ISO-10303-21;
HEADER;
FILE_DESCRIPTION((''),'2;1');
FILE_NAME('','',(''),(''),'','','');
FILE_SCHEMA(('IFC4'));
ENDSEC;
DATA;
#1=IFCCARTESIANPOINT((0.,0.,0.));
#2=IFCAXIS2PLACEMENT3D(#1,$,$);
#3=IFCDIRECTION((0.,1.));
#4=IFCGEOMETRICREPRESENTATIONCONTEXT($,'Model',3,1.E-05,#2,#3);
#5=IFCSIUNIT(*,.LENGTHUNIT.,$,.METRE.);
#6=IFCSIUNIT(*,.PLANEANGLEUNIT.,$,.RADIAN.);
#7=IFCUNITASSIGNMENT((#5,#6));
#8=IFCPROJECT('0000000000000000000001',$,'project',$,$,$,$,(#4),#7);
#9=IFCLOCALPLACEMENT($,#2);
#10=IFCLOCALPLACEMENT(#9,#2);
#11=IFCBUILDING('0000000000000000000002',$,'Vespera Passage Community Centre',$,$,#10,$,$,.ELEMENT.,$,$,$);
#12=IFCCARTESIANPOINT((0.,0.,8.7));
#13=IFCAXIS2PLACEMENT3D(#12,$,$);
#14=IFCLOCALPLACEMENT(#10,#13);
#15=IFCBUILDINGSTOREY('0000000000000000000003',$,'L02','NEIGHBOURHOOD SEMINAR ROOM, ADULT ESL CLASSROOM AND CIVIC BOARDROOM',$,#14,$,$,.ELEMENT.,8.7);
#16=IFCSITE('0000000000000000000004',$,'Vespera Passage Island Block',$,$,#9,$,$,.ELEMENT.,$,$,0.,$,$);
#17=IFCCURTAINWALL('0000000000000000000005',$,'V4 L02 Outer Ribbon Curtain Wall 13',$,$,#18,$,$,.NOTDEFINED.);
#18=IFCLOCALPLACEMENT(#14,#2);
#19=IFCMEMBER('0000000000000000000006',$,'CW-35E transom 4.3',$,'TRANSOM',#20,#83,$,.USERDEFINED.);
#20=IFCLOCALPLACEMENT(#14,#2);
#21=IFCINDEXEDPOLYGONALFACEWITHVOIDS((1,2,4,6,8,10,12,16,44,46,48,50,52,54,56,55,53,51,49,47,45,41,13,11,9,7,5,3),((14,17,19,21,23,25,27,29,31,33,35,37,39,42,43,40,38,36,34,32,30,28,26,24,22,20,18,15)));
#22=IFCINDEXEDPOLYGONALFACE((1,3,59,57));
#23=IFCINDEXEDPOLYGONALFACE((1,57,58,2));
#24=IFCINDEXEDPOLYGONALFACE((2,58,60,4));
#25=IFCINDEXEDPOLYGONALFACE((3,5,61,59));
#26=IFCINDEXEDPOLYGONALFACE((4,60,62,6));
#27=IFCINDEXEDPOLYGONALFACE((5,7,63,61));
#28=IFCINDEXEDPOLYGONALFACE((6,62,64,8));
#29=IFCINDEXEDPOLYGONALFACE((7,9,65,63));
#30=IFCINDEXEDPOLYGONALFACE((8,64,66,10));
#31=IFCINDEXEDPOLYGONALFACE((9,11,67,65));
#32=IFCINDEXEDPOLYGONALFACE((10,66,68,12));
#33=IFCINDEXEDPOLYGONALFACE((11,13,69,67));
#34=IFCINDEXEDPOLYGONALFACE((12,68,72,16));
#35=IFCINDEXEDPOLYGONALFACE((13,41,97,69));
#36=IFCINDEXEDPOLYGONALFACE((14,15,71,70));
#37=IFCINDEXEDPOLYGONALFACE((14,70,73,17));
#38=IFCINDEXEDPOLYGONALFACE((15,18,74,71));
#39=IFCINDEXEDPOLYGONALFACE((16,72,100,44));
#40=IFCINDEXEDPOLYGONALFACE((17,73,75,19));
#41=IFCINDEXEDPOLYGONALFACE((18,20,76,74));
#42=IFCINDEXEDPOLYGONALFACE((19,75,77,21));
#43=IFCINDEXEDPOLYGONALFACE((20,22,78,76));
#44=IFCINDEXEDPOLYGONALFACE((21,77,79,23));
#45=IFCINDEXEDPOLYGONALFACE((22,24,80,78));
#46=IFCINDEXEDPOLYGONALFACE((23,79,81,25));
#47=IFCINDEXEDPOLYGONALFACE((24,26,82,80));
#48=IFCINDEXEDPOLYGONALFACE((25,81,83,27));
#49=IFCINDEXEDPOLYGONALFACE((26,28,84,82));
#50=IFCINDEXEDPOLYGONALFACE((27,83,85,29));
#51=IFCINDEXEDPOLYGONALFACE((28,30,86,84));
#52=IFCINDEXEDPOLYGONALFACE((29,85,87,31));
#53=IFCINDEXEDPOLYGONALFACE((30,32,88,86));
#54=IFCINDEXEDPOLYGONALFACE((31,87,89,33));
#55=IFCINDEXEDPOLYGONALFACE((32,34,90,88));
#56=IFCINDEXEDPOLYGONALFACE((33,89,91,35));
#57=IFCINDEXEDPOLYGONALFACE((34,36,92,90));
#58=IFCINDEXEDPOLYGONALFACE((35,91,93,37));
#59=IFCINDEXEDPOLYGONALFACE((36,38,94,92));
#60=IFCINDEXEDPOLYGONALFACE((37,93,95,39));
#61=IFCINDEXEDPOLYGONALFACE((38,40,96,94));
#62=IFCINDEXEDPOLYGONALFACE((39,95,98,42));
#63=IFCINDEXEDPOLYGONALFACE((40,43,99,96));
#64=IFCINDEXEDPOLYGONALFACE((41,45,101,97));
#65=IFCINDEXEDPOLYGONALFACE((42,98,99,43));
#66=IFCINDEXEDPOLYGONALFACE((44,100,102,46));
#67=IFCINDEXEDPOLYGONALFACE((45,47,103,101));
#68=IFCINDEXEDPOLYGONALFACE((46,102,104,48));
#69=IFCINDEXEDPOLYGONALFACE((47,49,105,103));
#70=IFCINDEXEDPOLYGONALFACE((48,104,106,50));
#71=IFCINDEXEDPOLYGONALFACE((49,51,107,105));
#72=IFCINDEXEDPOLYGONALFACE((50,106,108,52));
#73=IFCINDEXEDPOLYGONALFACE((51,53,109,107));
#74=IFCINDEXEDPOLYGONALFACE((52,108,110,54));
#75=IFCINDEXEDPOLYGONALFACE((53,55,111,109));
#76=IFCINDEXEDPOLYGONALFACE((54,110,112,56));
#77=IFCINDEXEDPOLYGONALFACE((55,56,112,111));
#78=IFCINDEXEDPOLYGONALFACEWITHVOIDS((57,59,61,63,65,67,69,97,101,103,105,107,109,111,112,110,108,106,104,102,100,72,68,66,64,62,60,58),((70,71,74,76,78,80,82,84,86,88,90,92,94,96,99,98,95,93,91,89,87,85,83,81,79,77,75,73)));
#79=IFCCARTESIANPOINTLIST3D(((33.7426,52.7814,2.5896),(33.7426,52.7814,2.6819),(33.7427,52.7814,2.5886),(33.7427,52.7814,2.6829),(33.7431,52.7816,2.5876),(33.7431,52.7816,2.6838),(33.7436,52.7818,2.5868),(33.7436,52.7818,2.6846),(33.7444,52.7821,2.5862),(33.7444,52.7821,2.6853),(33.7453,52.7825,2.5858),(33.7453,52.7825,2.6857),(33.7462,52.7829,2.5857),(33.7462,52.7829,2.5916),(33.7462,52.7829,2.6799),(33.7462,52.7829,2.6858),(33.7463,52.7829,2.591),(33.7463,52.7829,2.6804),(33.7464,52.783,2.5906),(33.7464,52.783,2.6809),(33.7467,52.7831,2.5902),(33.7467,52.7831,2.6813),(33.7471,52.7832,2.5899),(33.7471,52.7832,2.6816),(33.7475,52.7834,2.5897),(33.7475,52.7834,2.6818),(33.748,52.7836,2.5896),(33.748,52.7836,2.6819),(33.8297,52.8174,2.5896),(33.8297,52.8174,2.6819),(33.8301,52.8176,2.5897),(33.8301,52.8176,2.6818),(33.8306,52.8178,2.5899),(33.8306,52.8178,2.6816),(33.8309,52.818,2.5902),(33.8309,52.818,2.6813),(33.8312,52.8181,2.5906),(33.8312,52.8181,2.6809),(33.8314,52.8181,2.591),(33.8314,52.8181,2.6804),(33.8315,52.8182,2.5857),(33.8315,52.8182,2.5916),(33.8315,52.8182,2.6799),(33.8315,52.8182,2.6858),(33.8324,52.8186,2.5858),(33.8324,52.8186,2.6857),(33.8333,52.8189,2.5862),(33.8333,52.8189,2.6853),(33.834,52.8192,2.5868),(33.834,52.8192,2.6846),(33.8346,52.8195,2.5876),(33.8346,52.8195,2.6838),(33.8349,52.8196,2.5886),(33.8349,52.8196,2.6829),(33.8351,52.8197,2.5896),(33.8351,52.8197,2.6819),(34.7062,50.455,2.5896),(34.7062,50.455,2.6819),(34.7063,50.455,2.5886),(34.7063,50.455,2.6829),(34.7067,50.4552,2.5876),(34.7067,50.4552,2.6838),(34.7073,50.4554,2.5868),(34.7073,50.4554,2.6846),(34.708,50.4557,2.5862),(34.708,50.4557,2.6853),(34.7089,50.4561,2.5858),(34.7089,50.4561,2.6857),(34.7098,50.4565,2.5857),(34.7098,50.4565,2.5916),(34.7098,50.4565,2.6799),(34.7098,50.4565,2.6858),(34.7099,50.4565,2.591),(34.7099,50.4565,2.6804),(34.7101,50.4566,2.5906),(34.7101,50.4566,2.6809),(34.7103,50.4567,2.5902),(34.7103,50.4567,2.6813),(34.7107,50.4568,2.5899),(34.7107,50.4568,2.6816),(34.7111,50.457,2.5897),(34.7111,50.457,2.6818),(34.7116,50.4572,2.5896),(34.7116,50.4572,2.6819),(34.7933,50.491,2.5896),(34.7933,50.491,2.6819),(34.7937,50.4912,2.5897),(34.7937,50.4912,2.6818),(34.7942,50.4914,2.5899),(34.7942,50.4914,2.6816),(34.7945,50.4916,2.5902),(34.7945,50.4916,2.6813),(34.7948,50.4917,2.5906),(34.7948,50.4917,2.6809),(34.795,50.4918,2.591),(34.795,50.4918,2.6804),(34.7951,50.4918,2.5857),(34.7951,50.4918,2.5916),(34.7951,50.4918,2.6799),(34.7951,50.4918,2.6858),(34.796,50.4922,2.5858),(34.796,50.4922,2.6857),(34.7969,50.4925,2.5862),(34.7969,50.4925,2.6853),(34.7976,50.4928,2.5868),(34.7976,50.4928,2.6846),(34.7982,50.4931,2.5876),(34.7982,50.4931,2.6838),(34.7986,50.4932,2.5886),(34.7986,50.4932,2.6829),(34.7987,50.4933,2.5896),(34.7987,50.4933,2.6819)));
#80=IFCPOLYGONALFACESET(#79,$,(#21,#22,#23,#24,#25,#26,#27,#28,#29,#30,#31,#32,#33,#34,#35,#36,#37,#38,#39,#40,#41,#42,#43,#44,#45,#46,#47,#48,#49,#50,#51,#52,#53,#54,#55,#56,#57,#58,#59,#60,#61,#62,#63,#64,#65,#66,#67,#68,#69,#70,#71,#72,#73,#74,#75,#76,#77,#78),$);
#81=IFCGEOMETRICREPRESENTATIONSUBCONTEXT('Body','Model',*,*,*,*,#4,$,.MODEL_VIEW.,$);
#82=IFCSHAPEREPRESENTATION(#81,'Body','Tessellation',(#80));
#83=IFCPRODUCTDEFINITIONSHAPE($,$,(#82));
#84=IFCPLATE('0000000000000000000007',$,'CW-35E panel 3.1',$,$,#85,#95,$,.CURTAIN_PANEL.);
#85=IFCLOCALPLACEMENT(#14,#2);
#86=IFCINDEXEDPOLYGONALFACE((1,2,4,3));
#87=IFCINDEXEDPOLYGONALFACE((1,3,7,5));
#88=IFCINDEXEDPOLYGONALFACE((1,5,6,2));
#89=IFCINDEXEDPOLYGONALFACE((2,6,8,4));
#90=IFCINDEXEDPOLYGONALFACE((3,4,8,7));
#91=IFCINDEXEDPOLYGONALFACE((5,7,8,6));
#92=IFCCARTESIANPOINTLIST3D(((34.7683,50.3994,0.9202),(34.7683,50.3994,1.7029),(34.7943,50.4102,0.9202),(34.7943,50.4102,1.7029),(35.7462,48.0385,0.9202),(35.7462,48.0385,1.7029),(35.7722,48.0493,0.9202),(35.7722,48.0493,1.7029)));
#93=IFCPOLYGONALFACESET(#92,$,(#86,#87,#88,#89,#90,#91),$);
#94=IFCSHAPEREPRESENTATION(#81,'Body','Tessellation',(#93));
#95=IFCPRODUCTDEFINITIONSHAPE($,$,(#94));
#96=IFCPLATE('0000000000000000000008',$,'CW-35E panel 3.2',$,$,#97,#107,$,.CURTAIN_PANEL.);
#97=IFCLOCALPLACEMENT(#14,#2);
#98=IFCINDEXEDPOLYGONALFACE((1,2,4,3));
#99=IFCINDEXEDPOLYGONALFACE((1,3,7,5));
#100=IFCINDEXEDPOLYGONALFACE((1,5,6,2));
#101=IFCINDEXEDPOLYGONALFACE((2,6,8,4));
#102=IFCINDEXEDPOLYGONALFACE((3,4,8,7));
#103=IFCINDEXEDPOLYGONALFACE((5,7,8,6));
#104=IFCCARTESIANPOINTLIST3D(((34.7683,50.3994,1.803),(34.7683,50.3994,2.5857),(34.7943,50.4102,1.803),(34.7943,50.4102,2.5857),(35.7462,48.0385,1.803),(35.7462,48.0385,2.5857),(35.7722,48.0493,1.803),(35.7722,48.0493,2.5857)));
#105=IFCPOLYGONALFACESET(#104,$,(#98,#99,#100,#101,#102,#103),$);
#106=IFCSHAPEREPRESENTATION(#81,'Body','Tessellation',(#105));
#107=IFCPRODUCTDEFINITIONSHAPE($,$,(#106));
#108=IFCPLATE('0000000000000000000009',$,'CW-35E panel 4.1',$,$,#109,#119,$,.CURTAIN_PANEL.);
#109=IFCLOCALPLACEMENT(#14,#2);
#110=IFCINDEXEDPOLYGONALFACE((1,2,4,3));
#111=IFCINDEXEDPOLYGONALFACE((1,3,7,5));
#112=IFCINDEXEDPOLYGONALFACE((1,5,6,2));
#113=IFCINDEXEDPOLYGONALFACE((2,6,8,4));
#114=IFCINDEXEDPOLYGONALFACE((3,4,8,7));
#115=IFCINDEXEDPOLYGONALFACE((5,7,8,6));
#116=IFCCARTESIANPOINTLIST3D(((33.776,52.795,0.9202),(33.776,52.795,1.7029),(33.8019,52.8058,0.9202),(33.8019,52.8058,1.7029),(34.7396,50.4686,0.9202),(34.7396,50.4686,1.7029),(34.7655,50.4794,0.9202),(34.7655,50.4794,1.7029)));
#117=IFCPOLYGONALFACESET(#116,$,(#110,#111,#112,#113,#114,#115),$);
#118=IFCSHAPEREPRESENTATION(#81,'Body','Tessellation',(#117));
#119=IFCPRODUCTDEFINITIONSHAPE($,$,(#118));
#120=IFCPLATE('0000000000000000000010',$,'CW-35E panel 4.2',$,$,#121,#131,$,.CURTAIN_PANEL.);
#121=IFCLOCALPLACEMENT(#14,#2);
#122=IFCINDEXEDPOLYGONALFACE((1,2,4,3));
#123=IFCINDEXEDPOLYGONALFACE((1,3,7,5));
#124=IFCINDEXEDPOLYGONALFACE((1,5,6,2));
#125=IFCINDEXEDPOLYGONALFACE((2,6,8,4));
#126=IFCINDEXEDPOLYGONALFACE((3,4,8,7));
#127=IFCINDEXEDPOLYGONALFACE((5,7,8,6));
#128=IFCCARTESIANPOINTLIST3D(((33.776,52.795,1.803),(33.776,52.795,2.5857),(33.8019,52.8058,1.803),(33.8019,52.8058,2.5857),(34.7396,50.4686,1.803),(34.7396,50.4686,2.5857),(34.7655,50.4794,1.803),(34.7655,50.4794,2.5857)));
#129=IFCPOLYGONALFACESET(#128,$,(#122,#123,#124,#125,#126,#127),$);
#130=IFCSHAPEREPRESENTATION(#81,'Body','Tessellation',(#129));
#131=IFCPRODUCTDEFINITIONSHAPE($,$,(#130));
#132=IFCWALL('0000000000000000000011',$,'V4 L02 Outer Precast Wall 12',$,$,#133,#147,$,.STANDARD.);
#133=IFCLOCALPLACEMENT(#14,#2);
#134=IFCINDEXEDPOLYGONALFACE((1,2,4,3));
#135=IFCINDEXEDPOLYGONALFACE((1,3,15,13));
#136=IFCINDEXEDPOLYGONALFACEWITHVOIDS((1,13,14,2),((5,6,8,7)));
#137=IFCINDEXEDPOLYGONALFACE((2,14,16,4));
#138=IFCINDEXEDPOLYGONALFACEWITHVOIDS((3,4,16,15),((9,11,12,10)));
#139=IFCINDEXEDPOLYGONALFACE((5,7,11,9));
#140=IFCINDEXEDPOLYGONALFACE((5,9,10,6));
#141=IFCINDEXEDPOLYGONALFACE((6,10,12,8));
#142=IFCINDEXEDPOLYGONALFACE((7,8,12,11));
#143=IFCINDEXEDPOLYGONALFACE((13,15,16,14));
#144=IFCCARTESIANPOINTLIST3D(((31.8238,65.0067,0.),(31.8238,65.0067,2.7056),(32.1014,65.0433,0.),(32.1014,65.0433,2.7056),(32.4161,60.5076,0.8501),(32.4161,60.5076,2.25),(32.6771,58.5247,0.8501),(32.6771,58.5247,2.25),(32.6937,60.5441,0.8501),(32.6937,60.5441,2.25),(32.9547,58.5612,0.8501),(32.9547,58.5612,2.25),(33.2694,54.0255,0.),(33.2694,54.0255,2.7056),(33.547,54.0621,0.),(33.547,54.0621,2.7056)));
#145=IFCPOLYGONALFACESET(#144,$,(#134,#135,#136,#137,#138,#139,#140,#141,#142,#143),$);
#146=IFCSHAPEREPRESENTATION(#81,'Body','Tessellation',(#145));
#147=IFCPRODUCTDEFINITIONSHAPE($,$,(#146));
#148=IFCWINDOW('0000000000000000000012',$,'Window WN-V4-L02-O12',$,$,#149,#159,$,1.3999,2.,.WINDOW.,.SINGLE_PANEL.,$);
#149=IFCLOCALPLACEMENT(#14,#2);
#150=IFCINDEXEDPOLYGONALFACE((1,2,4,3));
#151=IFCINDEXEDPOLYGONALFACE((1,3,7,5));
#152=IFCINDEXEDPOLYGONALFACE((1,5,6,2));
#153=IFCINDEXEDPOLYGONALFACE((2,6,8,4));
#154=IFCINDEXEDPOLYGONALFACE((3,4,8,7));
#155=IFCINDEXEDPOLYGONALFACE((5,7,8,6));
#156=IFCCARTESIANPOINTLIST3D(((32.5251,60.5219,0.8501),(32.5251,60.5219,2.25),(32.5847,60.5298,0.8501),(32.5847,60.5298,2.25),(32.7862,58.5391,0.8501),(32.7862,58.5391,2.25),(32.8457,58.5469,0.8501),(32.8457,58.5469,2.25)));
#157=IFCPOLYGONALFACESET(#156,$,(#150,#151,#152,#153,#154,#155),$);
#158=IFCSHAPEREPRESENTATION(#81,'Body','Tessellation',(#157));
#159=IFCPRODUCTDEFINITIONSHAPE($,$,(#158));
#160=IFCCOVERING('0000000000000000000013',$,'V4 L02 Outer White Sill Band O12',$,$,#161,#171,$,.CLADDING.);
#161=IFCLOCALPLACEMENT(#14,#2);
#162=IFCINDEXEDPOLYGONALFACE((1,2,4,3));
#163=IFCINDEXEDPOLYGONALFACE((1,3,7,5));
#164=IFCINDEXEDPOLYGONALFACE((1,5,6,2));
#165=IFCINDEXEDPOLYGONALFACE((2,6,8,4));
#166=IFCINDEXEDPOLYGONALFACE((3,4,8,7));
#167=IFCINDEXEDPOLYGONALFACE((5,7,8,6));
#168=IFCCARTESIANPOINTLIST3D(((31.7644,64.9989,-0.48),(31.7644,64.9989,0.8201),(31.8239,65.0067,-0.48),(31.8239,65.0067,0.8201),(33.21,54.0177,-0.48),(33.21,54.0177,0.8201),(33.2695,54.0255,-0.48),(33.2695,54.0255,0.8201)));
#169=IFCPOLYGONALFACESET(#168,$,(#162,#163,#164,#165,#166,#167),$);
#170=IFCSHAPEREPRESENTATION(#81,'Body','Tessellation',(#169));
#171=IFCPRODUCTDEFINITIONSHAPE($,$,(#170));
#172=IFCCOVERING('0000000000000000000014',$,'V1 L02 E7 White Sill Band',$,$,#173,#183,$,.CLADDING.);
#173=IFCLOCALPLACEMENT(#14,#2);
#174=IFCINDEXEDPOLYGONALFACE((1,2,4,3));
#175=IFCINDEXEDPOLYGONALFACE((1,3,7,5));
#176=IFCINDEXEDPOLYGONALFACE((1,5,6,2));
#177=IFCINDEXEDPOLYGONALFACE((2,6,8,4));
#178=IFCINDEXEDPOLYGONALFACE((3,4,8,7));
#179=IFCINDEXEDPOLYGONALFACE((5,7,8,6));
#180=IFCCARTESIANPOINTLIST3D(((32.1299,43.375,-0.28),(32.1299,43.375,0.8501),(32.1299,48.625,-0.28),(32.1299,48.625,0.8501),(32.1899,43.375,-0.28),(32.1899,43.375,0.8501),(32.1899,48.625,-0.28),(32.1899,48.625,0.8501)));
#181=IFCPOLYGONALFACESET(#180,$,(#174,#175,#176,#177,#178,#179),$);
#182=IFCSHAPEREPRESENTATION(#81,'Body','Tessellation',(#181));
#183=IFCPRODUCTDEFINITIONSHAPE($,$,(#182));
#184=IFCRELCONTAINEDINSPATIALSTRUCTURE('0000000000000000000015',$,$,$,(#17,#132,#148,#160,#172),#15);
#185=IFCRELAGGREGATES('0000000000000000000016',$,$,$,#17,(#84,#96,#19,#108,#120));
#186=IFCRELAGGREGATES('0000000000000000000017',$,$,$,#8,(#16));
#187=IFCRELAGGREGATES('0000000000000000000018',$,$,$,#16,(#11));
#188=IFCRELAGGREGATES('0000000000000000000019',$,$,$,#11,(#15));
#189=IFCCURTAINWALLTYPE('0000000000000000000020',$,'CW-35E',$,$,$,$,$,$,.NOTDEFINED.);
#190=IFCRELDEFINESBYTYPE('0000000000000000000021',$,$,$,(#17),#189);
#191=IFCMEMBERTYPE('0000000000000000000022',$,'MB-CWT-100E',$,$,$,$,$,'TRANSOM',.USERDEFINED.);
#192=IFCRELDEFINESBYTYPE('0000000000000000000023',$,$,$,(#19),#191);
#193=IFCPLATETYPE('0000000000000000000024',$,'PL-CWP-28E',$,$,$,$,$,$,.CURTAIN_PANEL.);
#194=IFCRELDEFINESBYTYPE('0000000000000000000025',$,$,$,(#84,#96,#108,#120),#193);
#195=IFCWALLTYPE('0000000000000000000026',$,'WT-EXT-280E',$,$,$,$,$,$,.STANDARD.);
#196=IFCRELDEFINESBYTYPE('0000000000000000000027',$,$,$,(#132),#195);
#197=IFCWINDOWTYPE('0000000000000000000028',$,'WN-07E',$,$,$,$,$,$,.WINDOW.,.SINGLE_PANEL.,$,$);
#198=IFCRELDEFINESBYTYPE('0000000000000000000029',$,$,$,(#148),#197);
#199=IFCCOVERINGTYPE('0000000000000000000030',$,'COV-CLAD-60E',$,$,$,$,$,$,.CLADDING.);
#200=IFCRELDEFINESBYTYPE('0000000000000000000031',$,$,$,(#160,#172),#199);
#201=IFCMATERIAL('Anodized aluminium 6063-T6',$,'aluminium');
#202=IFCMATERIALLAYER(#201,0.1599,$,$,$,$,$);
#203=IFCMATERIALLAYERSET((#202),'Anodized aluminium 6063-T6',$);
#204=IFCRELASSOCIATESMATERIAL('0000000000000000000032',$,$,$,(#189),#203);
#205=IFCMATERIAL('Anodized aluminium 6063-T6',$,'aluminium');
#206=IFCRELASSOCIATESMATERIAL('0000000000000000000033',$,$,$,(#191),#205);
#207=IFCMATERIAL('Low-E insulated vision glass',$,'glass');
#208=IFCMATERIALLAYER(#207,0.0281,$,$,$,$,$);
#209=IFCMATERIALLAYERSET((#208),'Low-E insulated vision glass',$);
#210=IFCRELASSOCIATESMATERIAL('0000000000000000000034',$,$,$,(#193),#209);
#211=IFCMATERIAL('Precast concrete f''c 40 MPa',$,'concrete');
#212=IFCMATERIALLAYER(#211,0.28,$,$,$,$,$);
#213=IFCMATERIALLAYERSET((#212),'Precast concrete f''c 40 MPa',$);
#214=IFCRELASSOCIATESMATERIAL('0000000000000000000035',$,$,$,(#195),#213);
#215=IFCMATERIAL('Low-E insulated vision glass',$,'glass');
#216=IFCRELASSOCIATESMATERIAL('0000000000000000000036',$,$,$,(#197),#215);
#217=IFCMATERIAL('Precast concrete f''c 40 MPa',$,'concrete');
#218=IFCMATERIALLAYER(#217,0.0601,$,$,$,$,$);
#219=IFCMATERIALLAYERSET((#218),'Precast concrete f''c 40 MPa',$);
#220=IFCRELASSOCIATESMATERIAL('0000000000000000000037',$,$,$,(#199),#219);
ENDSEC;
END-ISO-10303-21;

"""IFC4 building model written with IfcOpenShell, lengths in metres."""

from ifc_helpers import new_model, si_unit, direction, frame, frame_2d, origin, origin_2d, place, context, subcontext, project, spatial, rectangle, hollow_rectangle, extrude, material, layer, layer_set, material_profile, profile_set, type_object, element, fill, aggregate, save


model = new_model("IFC4")

# Units and contexts
model_context = context("Model", 3, precision=1e-05, world=origin(), true_north=direction((0.0, 1.0)))
body_context = subcontext(model_context, "Body", "Model", "MODEL_VIEW")
ifc_project = project(units=[si_unit("LENGTHUNIT", "METRE"), si_unit("PLANEANGLEUNIT", "RADIAN")], contexts=[model_context])

# Site, building, storey
site_placement = place(None, origin())
site = spatial("IfcSite", under=ifc_project, at=site_placement, Name="Vespera Passage Island Block", CompositionType="ELEMENT", RefElevation=0.0)
building_placement = place(site_placement, origin())
building = spatial("IfcBuilding", under=site, at=building_placement, Name="Vespera Passage Community Centre", CompositionType="ELEMENT")
storey_placement = place(building_placement, frame((0.0, 0.0, 8.7)))
storey = spatial("IfcBuildingStorey", under=building, at=storey_placement, Name="L02", Description="NEIGHBOURHOOD SEMINAR ROOM, ADULT ESL CLASSROOM AND CIVIC BOARDROOM", CompositionType="ELEMENT", Elevation=8.7)

# Curtain wall, member, plates
ifc_material_1 = material(Name="Anodized aluminium 6063-T6", Category="aluminium")
ifc_layer_1 = layer(ifc_material_1, 0.1599)
ifc_layer_set_1 = layer_set([ifc_layer_1], Name="Anodized aluminium 6063-T6")
curtain_wall_type = type_object("IfcCurtainWallType", Name="CW-35E", PredefinedType="NOTDEFINED", material=ifc_layer_set_1)
curtain_wall_placement = place(storey_placement, origin())
curtain_wall = element("IfcCurtainWall", 1, at=curtain_wall_placement, inside=storey, type_object=curtain_wall_type, Name="V4 L02 Outer Ribbon Curtain Wall 13", PredefinedType="NOTDEFINED")
ifc_material_2 = material(Name="Anodized aluminium 6063-T6", Category="aluminium")
ifc_material_profile_1 = material_profile(ifc_material_2, hollow_rectangle(XDim=0.1001, YDim=0.1001, WallThickness=0.0039, InnerFilletRadius=0.002, OuterFilletRadius=0.0039, at=origin_2d()), Name="ALU100X100X4")
ifc_profile_set_1 = profile_set([ifc_material_profile_1], Name="Anodized aluminium 6063-T6")
member_type_1 = type_object("IfcMemberType", Name="MB-CWT-100E", ElementType="TRANSOM", PredefinedType="USERDEFINED", material=ifc_profile_set_1)
member_1_placement = place(storey_placement, frame((34.7524, 50.4741, 2.6357), z_axis=(-0.38268, 0.923881, 0.0), x_axis=(-0.923881, -0.38268, 0.0)))
member_1 = element("IfcMember", 2, at=member_1_placement, type_object=member_type_1, Name="CW-35E transom 4.3", ObjectType="TRANSOM", PredefinedType="USERDEFINED", context=body_context, shape_type="SweptSolid", body=[
    extrude(hollow_rectangle(XDim=0.1001, YDim=0.1001, WallThickness=0.0039, InnerFilletRadius=0.002, OuterFilletRadius=0.0039, at=origin_2d()), origin(), (0.0, 0.0, 1.0), 2.5181),
])
ifc_material_3 = material(Name="Low-E insulated vision glass", Category="glass")
ifc_layer_2 = layer(ifc_material_3, 0.0281)
ifc_layer_set_2 = layer_set([ifc_layer_2], Name="Low-E insulated vision glass")
plate_type = type_object("IfcPlateType", Name="PL-CWP-28E", PredefinedType="CURTAIN_PANEL", material=ifc_layer_set_2)
plate_1_placement = place(storey_placement, frame((35.2703, 49.2244, 0.9202), z_axis=(0.0, 0.0, 1.0), x_axis=(-0.382679, 0.923881, 0.0)))
plate_1 = element("IfcPlate", 3, at=plate_1_placement, type_object=plate_type, Name="CW-35E panel 3.1", PredefinedType="CURTAIN_PANEL", context=body_context, shape_type="SweptSolid", body=[
    extrude(rectangle(XDim=2.5554, YDim=0.0281, at=origin_2d()), origin(), (0.0, 0.0, 1.0), 0.7827),
])
plate_2_placement = place(storey_placement, frame((35.2703, 49.2244, 1.803), z_axis=(0.0, 0.0, 1.0), x_axis=(-0.382679, 0.923881, 0.0)))
plate_2 = element("IfcPlate", 4, at=plate_2_placement, type_object=plate_type, Name="CW-35E panel 3.2", PredefinedType="CURTAIN_PANEL", context=body_context, shape_type="SweptSolid", body=[
    extrude(rectangle(XDim=2.5554, YDim=0.0281, at=origin_2d()), origin(), (0.0, 0.0, 1.0), 0.7827),
])
plate_3_placement = place(storey_placement, frame((34.2708, 51.6372, 0.9202), z_axis=(0.0, 0.0, 1.0), x_axis=(-0.382679, 0.923881, 0.0)))
plate_3 = element("IfcPlate", 5, at=plate_3_placement, type_object=plate_type, Name="CW-35E panel 4.1", PredefinedType="CURTAIN_PANEL", context=body_context, shape_type="SweptSolid", body=[
    extrude(rectangle(XDim=2.5181, YDim=0.0281, at=origin_2d()), origin(), (0.0, 0.0, 1.0), 0.7827),
])
plate_4_placement = place(storey_placement, frame((34.2708, 51.6372, 1.803), z_axis=(0.0, 0.0, 1.0), x_axis=(-0.382679, 0.923881, 0.0)))
plate_4 = element("IfcPlate", 6, at=plate_4_placement, type_object=plate_type, Name="CW-35E panel 4.2", PredefinedType="CURTAIN_PANEL", context=body_context, shape_type="SweptSolid", body=[
    extrude(rectangle(XDim=2.5181, YDim=0.0281, at=origin_2d()), origin(), (0.0, 0.0, 1.0), 0.7827),
])
aggregate(curtain_wall, [plate_1, plate_2, member_1, plate_3, plate_4])

# Wall, opening, window
ifc_material_4 = material(Name="Precast concrete f'c 40 MPa", Category="concrete")
ifc_layer_3 = layer(ifc_material_4, 0.28)
ifc_layer_set_3 = layer_set([ifc_layer_3], Name="Precast concrete f'c 40 MPa")
wall_type = type_object("IfcWallType", Name="WT-EXT-280E", PredefinedType="STANDARD", material=ifc_layer_set_3)
wall_placement = place(storey_placement, frame((33.4082, 54.0437, 0.0), z_axis=(0.0, 0.0, 1.0), x_axis=(-0.130513, 0.991447, 0.0)))
wall = element("IfcWall", 7, at=wall_placement, inside=storey, type_object=wall_type, Name="V4 L02 Outer Precast Wall 12", PredefinedType="STANDARD", context=body_context, shape_type="SweptSolid", body=[
    extrude(rectangle(XDim=11.0759, YDim=0.28, at=frame_2d((5.5381, 0.0))), origin(), (0.0, 0.0, 1.0), 2.7056),
])
opening_placement = place(wall_placement, frame((4.5381, 0.0, 0.8501)))
opening = element("IfcOpeningElement", 8, at=opening_placement, cuts=wall, PredefinedType="OPENING", context=body_context, shape_type="SweptSolid", body=[
    extrude(rectangle(XDim=2.0, YDim=1.3999, at=frame_2d((1.0, 0.7))), frame((0.0, 0.1501, 0.0), z_axis=(0.0, -1.0, 0.0), x_axis=(1.0, 0.0, 0.0)), (0.0, 0.0, 1.0), 0.3),
])
ifc_material_5 = material(Name="Low-E insulated vision glass", Category="glass")
window_type = type_object("IfcWindowType", Name="WN-07E", PartitioningType="SINGLE_PANEL", PredefinedType="WINDOW", material=ifc_material_5)
window_placement = place(opening_placement, origin())
window = element("IfcWindow", 9, at=window_placement, inside=storey, type_object=window_type, Name="Window WN-V4-L02-O12", OverallHeight=1.3999, OverallWidth=2.0, PartitioningType="SINGLE_PANEL", PredefinedType="WINDOW", context=body_context, shape_type="SweptSolid", body=[
    extrude(rectangle(XDim=2.0, YDim=1.3999, at=frame_2d((1.0, 0.7))), frame((0.0, 0.03, 0.0), z_axis=(0.0, -1.0, 0.0), x_axis=(1.0, 0.0, 0.0)), (0.0, 0.0, 1.0), 0.0601),
])
fill(opening, window)

# Coverings
ifc_material_6 = material(Name="Precast concrete f'c 40 MPa", Category="concrete")
ifc_layer_4 = layer(ifc_material_6, 0.0601)
ifc_layer_set_4 = layer_set([ifc_layer_4], Name="Precast concrete f'c 40 MPa")
covering_type = type_object("IfcCoveringType", Name="COV-CLAD-60E", PredefinedType="CLADDING", material=ifc_layer_set_4)
covering_1_placement = place(storey_placement, frame((33.2397, 54.0215, -0.48), z_axis=(0.0, 0.0, 1.0), x_axis=(-0.130513, 0.991447, 0.0)))
element("IfcCovering", 10, at=covering_1_placement, inside=storey, type_object=covering_type, Name="V4 L02 Outer White Sill Band O12", PredefinedType="CLADDING", context=body_context, shape_type="SweptSolid", body=[
    extrude(rectangle(XDim=11.0759, YDim=0.0601, at=frame_2d((5.5381, 0.0))), origin(), (0.0, 0.0, 1.0), 1.3),
])
covering_2_placement = place(storey_placement, frame((32.1599, 48.625, -0.28), z_axis=(0.0, 0.0, 1.0), x_axis=(0.0, -1.0, 0.0)))
element("IfcCovering", 11, at=covering_2_placement, inside=storey, type_object=covering_type, Name="V1 L02 E7 White Sill Band", PredefinedType="CLADDING", context=body_context, shape_type="SweptSolid", body=[
    extrude(rectangle(XDim=5.25, YDim=0.0601, at=frame_2d((2.625, 0.0))), origin(), (0.0, 0.0, 1.0), 1.1301),
])

save(model, "model.ifc")
